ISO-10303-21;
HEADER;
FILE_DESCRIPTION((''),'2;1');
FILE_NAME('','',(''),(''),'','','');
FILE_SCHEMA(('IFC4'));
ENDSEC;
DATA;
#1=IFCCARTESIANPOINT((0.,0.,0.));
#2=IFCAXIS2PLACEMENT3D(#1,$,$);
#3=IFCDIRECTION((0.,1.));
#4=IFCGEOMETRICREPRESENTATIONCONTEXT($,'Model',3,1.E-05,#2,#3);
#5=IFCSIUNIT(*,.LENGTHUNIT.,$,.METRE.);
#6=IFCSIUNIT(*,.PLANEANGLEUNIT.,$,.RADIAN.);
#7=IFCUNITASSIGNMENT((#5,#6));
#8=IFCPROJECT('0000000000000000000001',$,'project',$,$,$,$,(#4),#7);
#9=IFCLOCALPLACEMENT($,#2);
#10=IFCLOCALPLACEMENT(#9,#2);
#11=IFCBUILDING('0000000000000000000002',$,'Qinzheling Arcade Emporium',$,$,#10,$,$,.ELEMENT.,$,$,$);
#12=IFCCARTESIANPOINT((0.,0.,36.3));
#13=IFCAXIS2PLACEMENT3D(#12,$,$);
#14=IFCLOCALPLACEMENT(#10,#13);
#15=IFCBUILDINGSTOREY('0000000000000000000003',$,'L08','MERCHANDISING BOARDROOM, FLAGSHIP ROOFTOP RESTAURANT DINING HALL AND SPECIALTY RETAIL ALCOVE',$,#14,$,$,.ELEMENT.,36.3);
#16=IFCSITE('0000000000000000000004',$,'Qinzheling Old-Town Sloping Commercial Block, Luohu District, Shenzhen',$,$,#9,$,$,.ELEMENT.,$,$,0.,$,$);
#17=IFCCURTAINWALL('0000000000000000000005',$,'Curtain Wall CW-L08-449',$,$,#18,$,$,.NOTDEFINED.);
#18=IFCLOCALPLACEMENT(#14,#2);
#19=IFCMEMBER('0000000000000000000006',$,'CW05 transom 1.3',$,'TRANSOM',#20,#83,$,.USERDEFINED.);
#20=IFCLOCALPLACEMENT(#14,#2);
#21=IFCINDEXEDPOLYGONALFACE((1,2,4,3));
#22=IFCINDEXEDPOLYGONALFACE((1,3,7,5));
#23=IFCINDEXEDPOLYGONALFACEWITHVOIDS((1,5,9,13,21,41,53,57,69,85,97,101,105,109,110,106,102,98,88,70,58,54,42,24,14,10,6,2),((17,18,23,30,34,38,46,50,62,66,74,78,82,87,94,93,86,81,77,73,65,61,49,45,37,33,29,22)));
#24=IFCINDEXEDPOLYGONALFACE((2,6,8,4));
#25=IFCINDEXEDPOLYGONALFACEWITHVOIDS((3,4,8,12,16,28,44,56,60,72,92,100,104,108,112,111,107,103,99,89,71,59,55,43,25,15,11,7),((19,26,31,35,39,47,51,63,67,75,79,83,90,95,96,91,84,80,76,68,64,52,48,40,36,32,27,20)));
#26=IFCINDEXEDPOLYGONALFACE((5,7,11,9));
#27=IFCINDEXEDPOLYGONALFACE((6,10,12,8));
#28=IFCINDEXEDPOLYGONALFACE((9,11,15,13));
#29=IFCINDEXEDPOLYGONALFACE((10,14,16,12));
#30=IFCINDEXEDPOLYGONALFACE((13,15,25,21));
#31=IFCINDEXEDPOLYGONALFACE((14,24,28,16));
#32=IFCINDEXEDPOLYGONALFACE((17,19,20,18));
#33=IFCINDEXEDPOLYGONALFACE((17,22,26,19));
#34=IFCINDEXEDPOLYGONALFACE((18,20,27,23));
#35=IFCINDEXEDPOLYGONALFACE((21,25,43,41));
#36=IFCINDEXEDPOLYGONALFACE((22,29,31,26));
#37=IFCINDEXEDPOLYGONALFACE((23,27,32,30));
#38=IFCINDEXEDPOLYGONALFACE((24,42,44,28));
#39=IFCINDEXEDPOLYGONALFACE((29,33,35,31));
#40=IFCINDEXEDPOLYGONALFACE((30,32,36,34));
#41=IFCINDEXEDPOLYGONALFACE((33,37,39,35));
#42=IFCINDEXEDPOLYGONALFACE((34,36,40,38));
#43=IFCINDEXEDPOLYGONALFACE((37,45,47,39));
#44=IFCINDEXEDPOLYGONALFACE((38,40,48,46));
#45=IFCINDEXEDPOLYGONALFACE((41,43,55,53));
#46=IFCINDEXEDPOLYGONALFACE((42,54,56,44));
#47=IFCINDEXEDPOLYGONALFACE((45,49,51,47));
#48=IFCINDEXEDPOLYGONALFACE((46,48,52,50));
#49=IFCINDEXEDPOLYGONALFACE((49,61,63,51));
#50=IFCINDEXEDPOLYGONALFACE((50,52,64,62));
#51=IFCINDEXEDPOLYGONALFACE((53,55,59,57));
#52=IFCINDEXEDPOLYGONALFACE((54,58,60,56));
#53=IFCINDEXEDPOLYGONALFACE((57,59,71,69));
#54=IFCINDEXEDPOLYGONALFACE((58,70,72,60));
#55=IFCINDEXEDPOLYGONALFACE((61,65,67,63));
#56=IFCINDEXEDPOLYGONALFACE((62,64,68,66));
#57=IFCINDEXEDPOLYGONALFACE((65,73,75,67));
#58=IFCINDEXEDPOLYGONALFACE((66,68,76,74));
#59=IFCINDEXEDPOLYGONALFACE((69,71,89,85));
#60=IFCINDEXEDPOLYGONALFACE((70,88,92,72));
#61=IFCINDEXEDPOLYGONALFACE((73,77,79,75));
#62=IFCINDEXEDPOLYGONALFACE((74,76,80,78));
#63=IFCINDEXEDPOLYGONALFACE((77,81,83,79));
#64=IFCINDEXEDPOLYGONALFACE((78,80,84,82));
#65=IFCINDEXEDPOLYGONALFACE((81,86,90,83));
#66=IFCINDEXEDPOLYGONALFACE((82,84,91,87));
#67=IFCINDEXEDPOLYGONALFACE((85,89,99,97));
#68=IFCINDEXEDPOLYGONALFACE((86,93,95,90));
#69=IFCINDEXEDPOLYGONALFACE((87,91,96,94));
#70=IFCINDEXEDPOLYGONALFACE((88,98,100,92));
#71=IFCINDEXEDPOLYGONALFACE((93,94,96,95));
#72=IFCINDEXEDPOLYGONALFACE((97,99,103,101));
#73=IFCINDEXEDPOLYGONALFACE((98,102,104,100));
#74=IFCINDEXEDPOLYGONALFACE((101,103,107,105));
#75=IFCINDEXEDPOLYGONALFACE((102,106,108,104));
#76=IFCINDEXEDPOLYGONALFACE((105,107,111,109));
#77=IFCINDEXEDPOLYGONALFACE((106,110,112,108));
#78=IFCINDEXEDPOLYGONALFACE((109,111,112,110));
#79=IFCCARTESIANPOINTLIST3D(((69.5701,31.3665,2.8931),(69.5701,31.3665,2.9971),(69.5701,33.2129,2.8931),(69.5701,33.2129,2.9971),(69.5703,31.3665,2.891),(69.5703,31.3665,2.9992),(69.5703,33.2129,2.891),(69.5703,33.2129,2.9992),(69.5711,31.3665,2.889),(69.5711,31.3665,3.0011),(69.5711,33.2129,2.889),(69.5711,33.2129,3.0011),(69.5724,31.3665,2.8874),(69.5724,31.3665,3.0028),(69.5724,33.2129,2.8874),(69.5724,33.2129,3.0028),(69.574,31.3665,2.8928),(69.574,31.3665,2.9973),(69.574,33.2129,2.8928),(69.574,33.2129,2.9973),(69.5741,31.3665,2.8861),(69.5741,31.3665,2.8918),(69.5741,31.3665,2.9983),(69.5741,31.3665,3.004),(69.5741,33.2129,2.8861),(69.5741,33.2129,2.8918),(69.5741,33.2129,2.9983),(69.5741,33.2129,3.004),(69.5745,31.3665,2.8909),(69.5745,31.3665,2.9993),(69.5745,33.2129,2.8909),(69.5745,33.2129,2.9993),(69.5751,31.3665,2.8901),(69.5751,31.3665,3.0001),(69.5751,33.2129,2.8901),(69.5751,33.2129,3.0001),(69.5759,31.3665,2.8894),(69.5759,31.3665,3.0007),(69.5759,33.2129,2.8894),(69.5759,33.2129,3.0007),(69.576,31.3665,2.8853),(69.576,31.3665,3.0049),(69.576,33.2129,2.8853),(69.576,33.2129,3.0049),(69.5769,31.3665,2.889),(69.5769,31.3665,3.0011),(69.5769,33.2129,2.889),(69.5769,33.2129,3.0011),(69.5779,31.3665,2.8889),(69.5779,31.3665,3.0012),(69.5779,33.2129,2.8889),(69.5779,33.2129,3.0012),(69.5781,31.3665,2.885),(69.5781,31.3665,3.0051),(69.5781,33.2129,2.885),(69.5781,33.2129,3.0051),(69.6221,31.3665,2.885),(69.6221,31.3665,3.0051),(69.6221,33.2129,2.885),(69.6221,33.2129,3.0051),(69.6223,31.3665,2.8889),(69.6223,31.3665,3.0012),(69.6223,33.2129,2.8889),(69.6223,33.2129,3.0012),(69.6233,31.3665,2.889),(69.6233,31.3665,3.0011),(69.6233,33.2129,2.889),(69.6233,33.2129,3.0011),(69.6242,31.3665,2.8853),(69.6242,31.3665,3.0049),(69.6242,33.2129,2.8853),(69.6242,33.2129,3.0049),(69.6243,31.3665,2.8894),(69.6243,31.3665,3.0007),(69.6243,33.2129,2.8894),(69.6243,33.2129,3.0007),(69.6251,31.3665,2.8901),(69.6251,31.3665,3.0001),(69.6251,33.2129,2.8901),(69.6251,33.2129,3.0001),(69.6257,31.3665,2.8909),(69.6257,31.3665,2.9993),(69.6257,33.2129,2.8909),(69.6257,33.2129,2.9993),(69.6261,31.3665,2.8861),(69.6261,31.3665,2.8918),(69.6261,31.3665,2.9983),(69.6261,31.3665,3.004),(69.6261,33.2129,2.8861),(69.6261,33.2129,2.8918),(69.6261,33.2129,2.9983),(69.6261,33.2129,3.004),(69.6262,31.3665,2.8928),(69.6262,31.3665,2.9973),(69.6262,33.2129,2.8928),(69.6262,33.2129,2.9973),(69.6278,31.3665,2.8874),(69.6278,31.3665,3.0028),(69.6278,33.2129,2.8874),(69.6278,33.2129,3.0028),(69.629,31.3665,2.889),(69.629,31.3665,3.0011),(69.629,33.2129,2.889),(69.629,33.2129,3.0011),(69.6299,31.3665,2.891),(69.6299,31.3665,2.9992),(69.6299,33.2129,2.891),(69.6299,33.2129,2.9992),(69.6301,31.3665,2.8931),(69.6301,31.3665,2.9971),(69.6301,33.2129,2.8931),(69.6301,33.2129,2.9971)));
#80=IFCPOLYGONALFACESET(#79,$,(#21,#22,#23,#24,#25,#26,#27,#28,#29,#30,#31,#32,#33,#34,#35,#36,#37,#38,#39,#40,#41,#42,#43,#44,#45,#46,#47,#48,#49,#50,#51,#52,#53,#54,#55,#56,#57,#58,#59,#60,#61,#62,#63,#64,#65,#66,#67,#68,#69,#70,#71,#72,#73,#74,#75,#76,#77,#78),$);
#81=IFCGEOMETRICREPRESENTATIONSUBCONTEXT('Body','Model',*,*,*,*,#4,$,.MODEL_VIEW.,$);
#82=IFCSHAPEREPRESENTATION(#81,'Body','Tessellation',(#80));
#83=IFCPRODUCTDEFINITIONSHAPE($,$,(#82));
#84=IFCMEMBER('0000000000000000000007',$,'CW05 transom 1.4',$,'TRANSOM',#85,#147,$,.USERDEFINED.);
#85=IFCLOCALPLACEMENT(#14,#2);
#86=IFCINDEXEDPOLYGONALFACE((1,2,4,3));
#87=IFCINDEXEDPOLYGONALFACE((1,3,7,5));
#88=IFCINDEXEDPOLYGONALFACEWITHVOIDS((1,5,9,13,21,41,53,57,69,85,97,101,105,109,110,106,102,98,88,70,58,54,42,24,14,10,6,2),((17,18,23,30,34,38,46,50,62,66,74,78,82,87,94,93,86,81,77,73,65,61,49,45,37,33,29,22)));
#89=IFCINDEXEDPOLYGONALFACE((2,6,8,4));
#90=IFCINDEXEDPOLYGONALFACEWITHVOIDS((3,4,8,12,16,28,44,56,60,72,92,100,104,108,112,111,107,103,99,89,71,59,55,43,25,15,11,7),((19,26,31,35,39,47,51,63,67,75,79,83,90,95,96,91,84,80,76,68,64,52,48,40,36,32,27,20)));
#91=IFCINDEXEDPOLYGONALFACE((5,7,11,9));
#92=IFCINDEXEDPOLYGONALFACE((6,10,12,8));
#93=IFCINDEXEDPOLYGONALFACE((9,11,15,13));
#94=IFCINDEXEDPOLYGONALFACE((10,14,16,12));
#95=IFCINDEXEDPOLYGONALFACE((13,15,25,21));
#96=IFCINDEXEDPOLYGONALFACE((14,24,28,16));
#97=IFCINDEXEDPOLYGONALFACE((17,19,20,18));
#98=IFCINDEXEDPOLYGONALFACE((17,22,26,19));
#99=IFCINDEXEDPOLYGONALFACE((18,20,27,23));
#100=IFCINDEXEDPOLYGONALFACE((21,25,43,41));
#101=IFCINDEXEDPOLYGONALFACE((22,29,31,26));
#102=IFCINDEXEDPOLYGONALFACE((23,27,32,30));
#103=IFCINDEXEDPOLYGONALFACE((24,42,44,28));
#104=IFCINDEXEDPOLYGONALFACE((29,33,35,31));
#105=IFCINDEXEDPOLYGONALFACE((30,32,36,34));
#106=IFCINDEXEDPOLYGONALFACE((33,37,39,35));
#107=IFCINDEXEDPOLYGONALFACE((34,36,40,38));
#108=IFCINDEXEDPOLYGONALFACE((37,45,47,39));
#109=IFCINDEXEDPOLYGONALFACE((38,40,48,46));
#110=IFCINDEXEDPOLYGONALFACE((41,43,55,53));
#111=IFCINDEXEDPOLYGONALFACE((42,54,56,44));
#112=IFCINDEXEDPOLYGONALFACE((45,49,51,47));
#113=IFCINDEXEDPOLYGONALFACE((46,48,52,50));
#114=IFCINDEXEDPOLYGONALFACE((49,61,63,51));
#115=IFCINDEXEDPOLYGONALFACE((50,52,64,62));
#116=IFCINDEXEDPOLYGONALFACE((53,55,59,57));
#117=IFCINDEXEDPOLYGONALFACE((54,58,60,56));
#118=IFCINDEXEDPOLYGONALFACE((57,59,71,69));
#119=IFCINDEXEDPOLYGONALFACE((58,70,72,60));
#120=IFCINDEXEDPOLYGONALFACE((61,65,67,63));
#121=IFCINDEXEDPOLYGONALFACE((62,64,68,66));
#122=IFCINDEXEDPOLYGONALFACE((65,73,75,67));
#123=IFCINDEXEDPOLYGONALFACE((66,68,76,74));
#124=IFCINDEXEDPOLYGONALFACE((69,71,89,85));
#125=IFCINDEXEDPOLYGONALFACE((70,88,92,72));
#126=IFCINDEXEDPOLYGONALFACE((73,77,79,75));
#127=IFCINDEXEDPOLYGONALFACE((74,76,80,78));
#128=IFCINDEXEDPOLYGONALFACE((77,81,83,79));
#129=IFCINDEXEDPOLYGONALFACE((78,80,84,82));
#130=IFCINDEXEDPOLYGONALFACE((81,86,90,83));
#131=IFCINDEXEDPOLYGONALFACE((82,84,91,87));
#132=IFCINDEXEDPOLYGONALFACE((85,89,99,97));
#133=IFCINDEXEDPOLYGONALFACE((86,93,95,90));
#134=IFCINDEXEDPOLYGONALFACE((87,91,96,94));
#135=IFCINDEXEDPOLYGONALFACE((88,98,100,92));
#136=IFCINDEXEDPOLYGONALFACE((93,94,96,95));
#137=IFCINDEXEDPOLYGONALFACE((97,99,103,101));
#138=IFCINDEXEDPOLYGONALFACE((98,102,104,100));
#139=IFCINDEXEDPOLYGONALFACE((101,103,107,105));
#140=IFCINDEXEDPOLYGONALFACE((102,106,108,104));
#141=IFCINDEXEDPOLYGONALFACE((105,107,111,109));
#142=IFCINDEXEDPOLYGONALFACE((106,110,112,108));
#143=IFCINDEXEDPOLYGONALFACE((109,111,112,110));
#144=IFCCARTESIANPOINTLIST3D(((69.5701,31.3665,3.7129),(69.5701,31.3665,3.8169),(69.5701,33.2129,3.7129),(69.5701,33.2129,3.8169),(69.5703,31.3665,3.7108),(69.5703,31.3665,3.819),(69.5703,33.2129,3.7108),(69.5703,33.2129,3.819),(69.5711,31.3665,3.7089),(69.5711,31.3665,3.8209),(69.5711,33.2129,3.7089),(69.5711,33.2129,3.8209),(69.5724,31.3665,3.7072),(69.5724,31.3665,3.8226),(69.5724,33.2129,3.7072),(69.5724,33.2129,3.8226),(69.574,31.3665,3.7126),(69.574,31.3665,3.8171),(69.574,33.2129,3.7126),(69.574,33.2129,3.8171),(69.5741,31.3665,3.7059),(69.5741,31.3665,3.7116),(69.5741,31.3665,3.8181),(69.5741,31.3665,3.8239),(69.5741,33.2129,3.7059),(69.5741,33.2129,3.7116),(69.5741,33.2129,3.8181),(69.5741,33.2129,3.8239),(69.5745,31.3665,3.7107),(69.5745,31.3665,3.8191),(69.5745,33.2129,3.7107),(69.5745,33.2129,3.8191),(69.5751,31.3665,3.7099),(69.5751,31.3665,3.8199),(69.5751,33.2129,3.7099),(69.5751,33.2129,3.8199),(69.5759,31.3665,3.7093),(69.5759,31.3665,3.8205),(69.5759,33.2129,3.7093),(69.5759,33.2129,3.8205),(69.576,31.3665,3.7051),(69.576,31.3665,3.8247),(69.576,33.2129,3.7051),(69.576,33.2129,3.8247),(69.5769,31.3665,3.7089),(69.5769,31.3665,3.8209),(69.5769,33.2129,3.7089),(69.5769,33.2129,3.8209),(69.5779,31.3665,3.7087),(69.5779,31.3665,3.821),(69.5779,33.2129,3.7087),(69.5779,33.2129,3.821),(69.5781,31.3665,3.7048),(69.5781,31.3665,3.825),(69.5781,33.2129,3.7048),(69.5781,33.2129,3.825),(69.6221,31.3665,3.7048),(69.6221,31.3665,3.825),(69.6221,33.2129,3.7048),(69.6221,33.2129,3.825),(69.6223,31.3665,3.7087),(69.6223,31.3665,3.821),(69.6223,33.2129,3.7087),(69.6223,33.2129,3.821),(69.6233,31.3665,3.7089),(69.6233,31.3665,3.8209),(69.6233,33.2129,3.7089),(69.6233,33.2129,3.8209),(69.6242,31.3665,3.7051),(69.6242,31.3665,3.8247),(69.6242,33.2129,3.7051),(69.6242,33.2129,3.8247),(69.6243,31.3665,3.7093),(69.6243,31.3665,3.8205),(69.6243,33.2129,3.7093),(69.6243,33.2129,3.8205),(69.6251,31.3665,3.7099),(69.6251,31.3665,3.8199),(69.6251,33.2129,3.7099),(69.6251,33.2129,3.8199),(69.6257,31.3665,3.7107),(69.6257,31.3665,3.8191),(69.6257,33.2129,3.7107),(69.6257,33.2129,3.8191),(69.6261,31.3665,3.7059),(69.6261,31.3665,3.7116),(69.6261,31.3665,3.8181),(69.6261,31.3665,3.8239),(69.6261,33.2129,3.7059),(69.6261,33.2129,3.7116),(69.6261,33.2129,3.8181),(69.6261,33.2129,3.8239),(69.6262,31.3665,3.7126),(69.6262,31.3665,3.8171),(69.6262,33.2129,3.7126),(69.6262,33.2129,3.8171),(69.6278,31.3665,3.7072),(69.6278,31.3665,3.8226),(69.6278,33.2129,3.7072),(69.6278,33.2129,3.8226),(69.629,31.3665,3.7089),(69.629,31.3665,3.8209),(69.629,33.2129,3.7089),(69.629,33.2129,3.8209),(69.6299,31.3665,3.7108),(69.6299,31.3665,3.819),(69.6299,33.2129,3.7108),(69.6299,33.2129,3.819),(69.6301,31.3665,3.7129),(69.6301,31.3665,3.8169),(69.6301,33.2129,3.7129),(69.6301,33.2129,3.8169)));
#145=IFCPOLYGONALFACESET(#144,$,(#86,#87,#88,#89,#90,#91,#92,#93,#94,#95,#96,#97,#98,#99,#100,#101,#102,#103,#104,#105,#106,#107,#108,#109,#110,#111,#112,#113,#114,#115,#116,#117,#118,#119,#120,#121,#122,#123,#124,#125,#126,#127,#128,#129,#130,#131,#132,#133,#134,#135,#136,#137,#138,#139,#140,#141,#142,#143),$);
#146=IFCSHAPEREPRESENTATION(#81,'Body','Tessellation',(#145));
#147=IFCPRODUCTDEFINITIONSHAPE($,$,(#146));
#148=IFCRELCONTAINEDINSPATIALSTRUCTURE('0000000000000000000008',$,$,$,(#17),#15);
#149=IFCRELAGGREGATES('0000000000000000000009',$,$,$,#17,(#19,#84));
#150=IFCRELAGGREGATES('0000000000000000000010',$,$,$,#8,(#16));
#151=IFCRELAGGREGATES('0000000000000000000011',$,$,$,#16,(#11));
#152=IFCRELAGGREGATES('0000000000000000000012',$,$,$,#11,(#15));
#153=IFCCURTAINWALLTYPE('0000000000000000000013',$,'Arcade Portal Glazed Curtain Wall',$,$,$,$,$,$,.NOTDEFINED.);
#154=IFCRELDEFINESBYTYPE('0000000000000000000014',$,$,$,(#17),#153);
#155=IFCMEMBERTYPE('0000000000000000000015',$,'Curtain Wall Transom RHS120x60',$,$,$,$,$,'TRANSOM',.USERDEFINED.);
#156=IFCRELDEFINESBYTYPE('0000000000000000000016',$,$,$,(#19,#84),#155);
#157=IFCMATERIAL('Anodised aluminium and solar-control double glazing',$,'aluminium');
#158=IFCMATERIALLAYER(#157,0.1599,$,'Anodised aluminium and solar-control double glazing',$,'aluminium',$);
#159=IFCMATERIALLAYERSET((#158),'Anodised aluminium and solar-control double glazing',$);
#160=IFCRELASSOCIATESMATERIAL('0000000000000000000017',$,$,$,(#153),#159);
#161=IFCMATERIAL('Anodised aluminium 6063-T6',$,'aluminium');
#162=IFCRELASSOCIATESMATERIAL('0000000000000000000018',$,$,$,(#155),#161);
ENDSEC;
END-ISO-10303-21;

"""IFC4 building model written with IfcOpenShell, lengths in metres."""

from ifc_helpers import new_model, si_unit, direction, frame, origin, origin_2d, place, context, subcontext, project, spatial, hollow_rectangle, extrude, material, layer, layer_set, material_profile, profile_set, type_object, element, aggregate, save


model = new_model("IFC4")

# Units and contexts
model_context = context("Model", 3, precision=1e-05, world=origin(), true_north=direction((0.0, 1.0)))
body_context = subcontext(model_context, "Body", "Model", "MODEL_VIEW")
ifc_project = project(units=[si_unit("LENGTHUNIT", "METRE"), si_unit("PLANEANGLEUNIT", "RADIAN")], contexts=[model_context])

# Site, building, storey
site_placement = place(None, origin())
site = spatial("IfcSite", under=ifc_project, at=site_placement, Name="Qinzheling Old-Town Sloping Commercial Block, Luohu District, Shenzhen", CompositionType="ELEMENT", RefElevation=0.0)
building_placement = place(site_placement, origin())
building = spatial("IfcBuilding", under=site, at=building_placement, Name="Qinzheling Arcade Emporium", CompositionType="ELEMENT")
storey_placement = place(building_placement, frame((0.0, 0.0, 36.3)))
storey = spatial("IfcBuildingStorey", under=building, at=storey_placement, Name="L08", Description="MERCHANDISING BOARDROOM, FLAGSHIP ROOFTOP RESTAURANT DINING HALL AND SPECIALTY RETAIL ALCOVE", CompositionType="ELEMENT", Elevation=36.3)

# Curtain wall
ifc_material_1 = material(Name="Anodised aluminium and solar-control double glazing", Category="aluminium")
ifc_layer_1 = layer(ifc_material_1, 0.1599, Name="Anodised aluminium and solar-control double glazing", Category="aluminium")
ifc_layer_set_1 = layer_set([ifc_layer_1], Name="Anodised aluminium and solar-control double glazing")
curtain_wall_type = type_object("IfcCurtainWallType", Name="Arcade Portal Glazed Curtain Wall", PredefinedType="NOTDEFINED", material=ifc_layer_set_1)
ifc_material_2 = material(Name="Anodised aluminium 6063-T6", Category="aluminium")
curtain_wall_1_placement = place(storey_placement, origin())
curtain_wall_1 = element("IfcCurtainWall", 1, at=curtain_wall_1_placement, inside=storey, type_object=curtain_wall_type, Name="Curtain Wall CW-L08-449", PredefinedType="NOTDEFINED")

# Members
ifc_material_profile_1 = material_profile(ifc_material_2, hollow_rectangle(XDim=0.0601, YDim=0.1201, WallThickness=0.0039, InnerFilletRadius=0.0039, OuterFilletRadius=0.0081, at=origin_2d()), Name="RHS 120x60x4", Category="aluminium")
ifc_profile_set_1 = profile_set([ifc_material_profile_1], Name="Anodised aluminium 6063-T6")
member_type_1 = type_object("IfcMemberType", Name="Curtain Wall Transom RHS120x60", ElementType="TRANSOM", PredefinedType="USERDEFINED", material=ifc_profile_set_1)
member_1_placement = place(storey_placement, frame((69.6001, 33.2129, 2.9451), z_axis=(0.0, -1.0, 0.0), x_axis=(1.0, 0.0, 0.0)))
member_1 = element("IfcMember", 2, at=member_1_placement, type_object=member_type_1, Name="CW05 transom 1.3", ObjectType="TRANSOM", PredefinedType="USERDEFINED", context=body_context, shape_type="SweptSolid", body=[
    extrude(hollow_rectangle(XDim=0.0601, YDim=0.1201, WallThickness=0.0039, InnerFilletRadius=0.0039, OuterFilletRadius=0.0081, at=origin_2d()), origin(), (0.0, 0.0, 1.0), 1.8464),
])
member_2_placement = place(storey_placement, frame((69.6001, 33.2129, 3.7649), z_axis=(0.0, -1.0, 0.0), x_axis=(1.0, 0.0, 0.0)))
member_2 = element("IfcMember", 3, at=member_2_placement, type_object=member_type_1, Name="CW05 transom 1.4", ObjectType="TRANSOM", PredefinedType="USERDEFINED", context=body_context, shape_type="SweptSolid", body=[
    extrude(hollow_rectangle(XDim=0.0601, YDim=0.1201, WallThickness=0.0039, InnerFilletRadius=0.0039, OuterFilletRadius=0.0081, at=origin_2d()), origin(), (0.0, 0.0, 1.0), 1.8464),
])

aggregate(curtain_wall_1, [member_1, member_2])

save(model, "model.ifc")
